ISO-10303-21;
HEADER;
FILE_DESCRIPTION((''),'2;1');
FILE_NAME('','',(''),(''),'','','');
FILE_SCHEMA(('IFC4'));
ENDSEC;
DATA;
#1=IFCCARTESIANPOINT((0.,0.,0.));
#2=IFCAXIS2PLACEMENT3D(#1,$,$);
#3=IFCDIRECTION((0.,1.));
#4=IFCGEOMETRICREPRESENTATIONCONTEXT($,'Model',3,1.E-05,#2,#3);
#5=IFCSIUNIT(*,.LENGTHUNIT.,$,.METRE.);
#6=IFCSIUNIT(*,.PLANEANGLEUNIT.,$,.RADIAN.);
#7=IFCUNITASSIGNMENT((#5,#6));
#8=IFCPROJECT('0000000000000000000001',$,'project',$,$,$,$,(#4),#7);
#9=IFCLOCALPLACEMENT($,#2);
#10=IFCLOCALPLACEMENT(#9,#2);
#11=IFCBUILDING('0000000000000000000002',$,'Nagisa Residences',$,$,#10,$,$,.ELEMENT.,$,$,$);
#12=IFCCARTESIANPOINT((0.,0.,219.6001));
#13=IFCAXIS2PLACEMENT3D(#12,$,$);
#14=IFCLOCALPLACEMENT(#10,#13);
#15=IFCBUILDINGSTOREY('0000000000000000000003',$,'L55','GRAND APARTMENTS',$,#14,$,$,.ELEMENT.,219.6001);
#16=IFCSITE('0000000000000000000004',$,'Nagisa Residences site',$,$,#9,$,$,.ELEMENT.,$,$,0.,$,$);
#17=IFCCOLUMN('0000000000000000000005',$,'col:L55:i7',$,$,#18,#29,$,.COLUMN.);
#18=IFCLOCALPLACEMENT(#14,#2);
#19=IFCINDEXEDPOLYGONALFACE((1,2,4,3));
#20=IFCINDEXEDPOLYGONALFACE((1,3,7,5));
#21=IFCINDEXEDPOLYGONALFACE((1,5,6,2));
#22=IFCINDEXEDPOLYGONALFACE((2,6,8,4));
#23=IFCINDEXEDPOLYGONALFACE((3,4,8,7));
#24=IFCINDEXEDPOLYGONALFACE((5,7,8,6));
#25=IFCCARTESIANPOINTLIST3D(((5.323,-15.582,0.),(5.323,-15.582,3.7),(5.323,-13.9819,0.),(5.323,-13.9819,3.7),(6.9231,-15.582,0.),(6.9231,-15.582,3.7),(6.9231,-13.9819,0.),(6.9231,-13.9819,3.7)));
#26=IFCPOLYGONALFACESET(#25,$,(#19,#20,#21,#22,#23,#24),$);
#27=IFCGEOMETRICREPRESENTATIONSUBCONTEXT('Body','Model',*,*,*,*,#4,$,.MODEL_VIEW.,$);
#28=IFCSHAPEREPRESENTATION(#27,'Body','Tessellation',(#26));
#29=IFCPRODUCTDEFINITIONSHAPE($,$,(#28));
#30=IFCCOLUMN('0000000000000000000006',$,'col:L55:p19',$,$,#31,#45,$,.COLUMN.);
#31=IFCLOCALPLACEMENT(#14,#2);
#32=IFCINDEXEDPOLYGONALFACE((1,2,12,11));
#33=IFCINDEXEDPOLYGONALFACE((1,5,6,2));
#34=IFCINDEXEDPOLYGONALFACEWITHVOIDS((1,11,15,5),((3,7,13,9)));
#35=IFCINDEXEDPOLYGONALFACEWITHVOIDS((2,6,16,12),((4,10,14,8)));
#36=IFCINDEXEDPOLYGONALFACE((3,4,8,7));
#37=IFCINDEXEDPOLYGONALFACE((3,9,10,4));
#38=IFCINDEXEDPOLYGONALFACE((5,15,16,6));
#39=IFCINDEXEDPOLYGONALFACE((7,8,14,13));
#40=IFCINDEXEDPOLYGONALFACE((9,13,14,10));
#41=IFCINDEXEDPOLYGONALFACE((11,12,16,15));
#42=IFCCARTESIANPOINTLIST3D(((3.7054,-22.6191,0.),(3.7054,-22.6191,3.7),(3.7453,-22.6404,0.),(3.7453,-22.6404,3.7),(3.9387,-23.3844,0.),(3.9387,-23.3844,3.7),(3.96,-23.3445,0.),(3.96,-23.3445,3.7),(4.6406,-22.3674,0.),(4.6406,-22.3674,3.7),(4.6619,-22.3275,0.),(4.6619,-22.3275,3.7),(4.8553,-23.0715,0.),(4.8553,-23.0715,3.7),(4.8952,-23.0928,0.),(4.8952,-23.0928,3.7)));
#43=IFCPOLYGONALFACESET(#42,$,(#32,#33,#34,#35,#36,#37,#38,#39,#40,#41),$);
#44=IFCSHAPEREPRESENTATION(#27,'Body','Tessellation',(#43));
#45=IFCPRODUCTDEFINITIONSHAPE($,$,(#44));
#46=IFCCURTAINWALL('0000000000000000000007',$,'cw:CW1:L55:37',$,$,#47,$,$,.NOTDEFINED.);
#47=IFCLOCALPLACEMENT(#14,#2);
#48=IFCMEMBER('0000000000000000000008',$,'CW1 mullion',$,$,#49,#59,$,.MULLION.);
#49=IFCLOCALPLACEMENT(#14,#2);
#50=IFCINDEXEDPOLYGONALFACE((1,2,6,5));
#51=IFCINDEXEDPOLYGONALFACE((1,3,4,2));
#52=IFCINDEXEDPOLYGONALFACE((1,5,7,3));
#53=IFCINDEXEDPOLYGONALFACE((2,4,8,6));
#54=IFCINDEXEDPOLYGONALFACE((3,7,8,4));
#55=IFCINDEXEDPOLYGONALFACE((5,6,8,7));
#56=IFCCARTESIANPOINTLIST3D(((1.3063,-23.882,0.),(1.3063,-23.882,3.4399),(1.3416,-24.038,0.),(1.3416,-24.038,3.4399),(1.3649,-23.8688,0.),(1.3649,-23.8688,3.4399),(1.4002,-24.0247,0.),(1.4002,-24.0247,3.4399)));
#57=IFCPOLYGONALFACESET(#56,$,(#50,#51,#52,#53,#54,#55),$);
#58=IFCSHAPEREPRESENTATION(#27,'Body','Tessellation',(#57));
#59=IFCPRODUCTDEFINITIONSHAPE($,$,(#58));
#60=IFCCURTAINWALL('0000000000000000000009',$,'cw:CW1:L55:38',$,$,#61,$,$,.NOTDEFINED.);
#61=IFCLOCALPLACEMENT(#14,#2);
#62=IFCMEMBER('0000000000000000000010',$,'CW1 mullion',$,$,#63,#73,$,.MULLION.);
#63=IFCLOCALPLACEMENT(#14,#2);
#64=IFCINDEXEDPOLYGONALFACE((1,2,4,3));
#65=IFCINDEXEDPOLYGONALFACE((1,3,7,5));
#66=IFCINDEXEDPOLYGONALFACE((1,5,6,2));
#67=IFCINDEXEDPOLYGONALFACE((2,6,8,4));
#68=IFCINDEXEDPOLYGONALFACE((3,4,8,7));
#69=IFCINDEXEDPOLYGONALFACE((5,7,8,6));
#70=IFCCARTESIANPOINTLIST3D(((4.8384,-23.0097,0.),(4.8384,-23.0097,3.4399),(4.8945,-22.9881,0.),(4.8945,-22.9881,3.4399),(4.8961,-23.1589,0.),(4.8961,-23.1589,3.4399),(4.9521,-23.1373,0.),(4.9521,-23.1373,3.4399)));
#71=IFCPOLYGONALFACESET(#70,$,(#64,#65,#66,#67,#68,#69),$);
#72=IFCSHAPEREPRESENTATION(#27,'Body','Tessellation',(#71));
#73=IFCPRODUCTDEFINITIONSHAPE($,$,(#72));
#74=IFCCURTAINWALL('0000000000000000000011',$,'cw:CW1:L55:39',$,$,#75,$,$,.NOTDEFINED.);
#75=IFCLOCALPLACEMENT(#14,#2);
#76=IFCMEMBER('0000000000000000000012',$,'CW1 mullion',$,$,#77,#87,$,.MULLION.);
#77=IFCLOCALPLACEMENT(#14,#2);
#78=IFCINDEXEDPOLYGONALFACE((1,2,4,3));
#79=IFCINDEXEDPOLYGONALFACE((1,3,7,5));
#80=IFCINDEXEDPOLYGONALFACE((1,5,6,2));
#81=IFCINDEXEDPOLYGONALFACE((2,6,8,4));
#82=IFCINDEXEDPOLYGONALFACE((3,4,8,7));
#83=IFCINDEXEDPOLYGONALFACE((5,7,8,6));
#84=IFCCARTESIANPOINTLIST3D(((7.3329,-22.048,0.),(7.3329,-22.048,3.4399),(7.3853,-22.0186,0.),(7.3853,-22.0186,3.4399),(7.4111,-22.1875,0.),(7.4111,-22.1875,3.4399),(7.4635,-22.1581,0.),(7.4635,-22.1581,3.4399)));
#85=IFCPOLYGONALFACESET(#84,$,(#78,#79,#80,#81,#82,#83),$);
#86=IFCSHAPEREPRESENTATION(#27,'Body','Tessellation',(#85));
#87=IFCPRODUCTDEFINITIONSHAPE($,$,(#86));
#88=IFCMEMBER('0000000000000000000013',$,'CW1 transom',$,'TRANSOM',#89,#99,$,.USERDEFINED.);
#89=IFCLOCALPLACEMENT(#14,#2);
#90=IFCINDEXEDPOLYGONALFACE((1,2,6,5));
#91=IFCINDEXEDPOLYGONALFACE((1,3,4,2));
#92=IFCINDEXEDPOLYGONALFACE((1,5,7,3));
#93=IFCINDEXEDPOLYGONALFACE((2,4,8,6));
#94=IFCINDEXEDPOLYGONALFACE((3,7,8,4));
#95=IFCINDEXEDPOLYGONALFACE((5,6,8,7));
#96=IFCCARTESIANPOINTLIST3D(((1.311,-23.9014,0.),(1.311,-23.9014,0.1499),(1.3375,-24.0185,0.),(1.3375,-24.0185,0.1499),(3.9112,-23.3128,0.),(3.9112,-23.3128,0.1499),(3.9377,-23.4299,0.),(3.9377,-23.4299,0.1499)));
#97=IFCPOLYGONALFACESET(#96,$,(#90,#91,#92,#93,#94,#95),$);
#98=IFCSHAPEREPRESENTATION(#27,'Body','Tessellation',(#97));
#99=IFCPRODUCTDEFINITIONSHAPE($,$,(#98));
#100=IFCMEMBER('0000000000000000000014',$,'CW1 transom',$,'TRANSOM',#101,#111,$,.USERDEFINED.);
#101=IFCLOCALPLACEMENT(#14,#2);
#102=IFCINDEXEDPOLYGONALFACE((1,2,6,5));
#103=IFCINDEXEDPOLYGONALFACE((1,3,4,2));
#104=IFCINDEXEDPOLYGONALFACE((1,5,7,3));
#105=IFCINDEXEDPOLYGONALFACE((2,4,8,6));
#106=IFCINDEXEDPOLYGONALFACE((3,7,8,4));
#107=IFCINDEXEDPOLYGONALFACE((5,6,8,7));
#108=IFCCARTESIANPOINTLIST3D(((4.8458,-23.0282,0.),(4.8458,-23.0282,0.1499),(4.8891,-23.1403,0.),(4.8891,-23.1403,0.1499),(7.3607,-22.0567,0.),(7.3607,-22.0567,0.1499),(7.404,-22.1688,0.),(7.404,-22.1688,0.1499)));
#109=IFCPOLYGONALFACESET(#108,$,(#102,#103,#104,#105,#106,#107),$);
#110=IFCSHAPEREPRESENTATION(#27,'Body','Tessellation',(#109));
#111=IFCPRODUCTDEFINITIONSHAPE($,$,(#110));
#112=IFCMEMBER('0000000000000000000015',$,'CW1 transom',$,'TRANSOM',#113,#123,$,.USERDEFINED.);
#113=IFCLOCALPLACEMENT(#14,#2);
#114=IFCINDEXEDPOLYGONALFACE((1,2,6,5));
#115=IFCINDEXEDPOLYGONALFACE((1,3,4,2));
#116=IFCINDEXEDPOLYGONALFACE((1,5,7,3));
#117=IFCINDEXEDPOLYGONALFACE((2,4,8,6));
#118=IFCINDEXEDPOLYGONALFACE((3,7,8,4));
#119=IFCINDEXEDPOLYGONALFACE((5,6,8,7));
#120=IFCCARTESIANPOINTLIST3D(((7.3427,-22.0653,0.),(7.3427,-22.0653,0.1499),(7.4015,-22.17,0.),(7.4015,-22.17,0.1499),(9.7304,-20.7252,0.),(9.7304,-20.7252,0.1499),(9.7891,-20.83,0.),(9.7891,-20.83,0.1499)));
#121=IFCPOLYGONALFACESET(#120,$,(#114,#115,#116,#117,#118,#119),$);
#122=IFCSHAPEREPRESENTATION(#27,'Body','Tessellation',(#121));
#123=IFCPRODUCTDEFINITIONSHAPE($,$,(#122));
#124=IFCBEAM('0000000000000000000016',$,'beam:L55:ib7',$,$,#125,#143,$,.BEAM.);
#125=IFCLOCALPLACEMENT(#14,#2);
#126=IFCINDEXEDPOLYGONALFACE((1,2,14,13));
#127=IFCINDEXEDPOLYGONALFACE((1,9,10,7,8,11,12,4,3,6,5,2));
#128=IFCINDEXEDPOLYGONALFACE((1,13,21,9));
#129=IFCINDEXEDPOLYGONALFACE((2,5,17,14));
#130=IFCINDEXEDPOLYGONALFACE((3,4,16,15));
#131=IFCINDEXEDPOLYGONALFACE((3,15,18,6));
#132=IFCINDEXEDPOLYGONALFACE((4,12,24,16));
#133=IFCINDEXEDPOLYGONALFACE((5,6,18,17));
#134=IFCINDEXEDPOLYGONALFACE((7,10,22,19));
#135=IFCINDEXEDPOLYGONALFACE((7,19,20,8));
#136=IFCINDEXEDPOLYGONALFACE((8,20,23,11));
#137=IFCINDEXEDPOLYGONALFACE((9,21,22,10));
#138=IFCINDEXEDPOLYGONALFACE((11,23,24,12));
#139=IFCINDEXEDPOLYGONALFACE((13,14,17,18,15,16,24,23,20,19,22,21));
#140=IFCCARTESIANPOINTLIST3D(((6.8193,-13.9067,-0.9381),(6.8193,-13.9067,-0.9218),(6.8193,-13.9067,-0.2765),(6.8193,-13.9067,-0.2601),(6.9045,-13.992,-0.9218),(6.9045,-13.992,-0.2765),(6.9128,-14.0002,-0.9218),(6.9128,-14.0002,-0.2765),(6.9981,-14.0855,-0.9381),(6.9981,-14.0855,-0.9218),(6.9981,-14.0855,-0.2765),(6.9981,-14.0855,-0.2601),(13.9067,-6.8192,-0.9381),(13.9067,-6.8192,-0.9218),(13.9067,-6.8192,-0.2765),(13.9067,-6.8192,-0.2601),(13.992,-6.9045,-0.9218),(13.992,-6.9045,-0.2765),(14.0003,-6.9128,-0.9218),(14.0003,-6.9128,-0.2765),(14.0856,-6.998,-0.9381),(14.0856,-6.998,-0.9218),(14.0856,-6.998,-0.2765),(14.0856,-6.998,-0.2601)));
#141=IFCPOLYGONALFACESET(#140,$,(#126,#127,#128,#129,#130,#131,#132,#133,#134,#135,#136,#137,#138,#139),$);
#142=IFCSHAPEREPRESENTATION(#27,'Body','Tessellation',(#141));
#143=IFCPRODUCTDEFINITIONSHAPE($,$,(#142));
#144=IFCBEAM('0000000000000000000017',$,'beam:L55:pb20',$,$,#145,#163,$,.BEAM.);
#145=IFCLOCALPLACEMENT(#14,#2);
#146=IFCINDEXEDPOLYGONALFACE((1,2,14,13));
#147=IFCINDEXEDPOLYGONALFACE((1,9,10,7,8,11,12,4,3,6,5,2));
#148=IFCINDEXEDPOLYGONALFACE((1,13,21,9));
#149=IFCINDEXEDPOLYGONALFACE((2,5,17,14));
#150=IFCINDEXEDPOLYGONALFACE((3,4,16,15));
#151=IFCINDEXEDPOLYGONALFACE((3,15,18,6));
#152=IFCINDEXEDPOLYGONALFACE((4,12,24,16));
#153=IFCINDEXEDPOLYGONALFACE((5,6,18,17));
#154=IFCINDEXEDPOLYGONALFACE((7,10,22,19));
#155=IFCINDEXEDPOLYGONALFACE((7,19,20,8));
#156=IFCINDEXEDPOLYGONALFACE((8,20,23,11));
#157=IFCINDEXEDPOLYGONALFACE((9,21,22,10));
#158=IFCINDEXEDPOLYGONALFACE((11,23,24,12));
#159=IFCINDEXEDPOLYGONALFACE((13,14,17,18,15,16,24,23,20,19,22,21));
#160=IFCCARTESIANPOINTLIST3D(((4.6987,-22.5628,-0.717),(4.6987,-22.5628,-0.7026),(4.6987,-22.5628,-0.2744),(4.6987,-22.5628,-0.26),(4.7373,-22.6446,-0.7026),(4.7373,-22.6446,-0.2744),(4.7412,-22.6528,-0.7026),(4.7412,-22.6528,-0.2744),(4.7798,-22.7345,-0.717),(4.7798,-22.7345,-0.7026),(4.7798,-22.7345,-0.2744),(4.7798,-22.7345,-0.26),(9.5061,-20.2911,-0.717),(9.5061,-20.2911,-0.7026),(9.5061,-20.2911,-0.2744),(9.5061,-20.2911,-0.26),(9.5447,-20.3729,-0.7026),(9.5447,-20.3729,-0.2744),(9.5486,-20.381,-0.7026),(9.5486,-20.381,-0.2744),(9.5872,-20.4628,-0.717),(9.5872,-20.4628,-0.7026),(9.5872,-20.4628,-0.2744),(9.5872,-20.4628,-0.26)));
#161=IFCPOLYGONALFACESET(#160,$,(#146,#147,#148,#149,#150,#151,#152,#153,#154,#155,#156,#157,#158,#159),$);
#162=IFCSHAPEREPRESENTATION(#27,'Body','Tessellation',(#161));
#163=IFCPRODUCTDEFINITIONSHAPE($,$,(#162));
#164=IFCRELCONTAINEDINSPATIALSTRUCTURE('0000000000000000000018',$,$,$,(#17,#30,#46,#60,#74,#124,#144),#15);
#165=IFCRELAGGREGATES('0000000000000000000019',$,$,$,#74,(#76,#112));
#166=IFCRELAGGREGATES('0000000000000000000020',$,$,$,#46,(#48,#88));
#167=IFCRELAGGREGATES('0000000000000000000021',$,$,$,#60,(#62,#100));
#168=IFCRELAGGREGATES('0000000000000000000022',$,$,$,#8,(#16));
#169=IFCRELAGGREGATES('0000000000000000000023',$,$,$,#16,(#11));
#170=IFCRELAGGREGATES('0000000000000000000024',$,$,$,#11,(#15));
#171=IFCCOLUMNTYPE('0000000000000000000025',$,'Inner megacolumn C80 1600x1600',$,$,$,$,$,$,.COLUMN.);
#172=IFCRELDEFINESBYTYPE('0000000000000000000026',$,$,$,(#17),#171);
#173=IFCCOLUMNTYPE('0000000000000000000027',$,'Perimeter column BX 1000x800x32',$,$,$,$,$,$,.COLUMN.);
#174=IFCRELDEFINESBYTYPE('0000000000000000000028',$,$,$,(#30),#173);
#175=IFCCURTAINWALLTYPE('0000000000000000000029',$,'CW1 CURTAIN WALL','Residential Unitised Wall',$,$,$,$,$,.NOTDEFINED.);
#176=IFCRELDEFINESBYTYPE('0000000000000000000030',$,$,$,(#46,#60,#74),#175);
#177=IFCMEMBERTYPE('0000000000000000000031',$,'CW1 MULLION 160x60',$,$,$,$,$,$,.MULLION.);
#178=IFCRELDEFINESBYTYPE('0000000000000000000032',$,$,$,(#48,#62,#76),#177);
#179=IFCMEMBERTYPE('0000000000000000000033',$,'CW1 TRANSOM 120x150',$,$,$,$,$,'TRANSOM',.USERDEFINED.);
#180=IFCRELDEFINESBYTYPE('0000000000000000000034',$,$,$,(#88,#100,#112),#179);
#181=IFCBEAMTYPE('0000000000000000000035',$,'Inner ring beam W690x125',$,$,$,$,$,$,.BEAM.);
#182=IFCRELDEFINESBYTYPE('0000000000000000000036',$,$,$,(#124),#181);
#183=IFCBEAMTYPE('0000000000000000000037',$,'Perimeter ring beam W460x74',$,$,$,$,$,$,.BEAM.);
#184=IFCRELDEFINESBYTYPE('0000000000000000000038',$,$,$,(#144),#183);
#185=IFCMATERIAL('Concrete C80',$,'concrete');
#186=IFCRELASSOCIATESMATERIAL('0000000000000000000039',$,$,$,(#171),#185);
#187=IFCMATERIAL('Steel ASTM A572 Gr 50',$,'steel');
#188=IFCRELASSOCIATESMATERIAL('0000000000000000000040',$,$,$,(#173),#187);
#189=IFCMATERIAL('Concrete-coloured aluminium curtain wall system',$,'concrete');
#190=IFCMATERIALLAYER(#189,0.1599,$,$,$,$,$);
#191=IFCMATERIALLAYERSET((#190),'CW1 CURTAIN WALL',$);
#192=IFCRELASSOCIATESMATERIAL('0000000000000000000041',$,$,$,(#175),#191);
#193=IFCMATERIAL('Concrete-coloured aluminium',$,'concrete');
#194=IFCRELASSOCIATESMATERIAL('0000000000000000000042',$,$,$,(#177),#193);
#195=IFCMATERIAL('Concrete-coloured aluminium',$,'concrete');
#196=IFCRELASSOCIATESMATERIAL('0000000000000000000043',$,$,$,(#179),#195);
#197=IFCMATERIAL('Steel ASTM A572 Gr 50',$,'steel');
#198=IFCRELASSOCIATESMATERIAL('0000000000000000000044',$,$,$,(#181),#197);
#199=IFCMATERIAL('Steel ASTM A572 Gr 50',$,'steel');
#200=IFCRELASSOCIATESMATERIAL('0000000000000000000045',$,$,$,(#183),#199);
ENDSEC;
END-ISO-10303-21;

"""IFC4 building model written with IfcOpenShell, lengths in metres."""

from ifc_helpers import new_model, si_unit, direction, frame, origin, origin_2d, place, context, subcontext, project, spatial, rectangle, hollow_rectangle, i_section, extrude, material, layer, layer_set, material_profile, profile_set, type_object, element, aggregate, save


model = new_model("IFC4")

# Units and contexts
model_context = context("Model", 3, precision=1e-05, world=origin(), true_north=direction((0.0, 1.0)))
body_context = subcontext(model_context, "Body", "Model", "MODEL_VIEW")
ifc_project = project(units=[si_unit("LENGTHUNIT", "METRE"), si_unit("PLANEANGLEUNIT", "RADIAN")], contexts=[model_context])

# Site, building, storey
site_placement = place(None, origin())
site = spatial("IfcSite", under=ifc_project, at=site_placement, Name="Nagisa Residences site", CompositionType="ELEMENT", RefElevation=0.0)
building_placement = place(site_placement, origin())
building = spatial("IfcBuilding", under=site, at=building_placement, Name="Nagisa Residences", CompositionType="ELEMENT")
storey_placement = place(building_placement, frame((0.0, 0.0, 219.6001)))
storey = spatial("IfcBuildingStorey", under=building, at=storey_placement, Name="L55", Description="GRAND APARTMENTS", CompositionType="ELEMENT", Elevation=219.6001)

# Columns
ifc_material_1 = material(Name="Concrete C80", Category="concrete")
ifc_material_profile_1 = material_profile(ifc_material_1, rectangle(XDim=1.6001, YDim=1.6001, at=origin_2d()), Name="C80 1600x1600")
ifc_profile_set_1 = profile_set([ifc_material_profile_1], Name="Concrete C80")
column_type_1 = type_object("IfcColumnType", Name="Inner megacolumn C80 1600x1600", PredefinedType="COLUMN", material=ifc_profile_set_1)
column_1_placement = place(storey_placement, frame((6.123, -14.782, 0.0), z_axis=(0.0, 0.0, 1.0), x_axis=(1.0, 0.0, 0.0)))
element("IfcColumn", 1, at=column_1_placement, inside=storey, type_object=column_type_1, Name="col:L55:i7", PredefinedType="COLUMN", context=body_context, shape_type="SweptSolid", body=[
    extrude(rectangle(XDim=1.6001, YDim=1.6001, at=origin_2d()), origin(), (0.0, 0.0, 1.0), 3.7),
])
ifc_material_2 = material(Name="Steel ASTM A572 Gr 50", Category="steel")
ifc_material_profile_2 = material_profile(ifc_material_2, hollow_rectangle(XDim=1.0, YDim=0.8, WallThickness=0.032, at=origin_2d()), Name="BX 1000x800x32")
ifc_profile_set_2 = profile_set([ifc_material_profile_2], Name="Steel ASTM A572 Gr 50")
column_type_2 = type_object("IfcColumnType", Name="Perimeter column BX 1000x800x32", PredefinedType="COLUMN", material=ifc_profile_set_2)
column_2_placement = place(storey_placement, frame((4.3003, -22.856, 0.0), z_axis=(0.0, 0.0, 1.0), x_axis=(0.956525, 0.291652, 0.0)))
element("IfcColumn", 2, at=column_2_placement, inside=storey, type_object=column_type_2, Name="col:L55:p19", PredefinedType="COLUMN", context=body_context, shape_type="SweptSolid", body=[
    extrude(hollow_rectangle(XDim=1.0, YDim=0.8, WallThickness=0.032, at=origin_2d()), origin(), (0.0, 0.0, 1.0), 3.7),
])

# Curtain walls, members
ifc_material_3 = material(Name="Concrete-coloured aluminium curtain wall system", Category="concrete")
ifc_layer_1 = layer(ifc_material_3, 0.1599)
ifc_layer_set_1 = layer_set([ifc_layer_1], Name="CW1 CURTAIN WALL")
curtain_wall_type = type_object("IfcCurtainWallType", Name="CW1 CURTAIN WALL", Description="Residential Unitised Wall", PredefinedType="NOTDEFINED", material=ifc_layer_set_1)
curtain_wall_1_placement = place(storey_placement, origin())
curtain_wall_1 = element("IfcCurtainWall", 3, at=curtain_wall_1_placement, inside=storey, type_object=curtain_wall_type, Name="cw:CW1:L55:37", PredefinedType="NOTDEFINED")
ifc_material_4 = material(Name="Concrete-coloured aluminium", Category="concrete")
ifc_material_profile_3 = material_profile(ifc_material_4, rectangle(XDim=0.1599, YDim=0.0601, at=origin_2d()), Name="CW1 MULLION 160x60")
ifc_profile_set_3 = profile_set([ifc_material_profile_3], Name="Concrete-coloured aluminium")
member_type_1 = type_object("IfcMemberType", Name="CW1 MULLION 160x60", PredefinedType="MULLION", material=ifc_profile_set_3)
member_1_placement = place(storey_placement, frame((1.3533, -23.9534, 0.0), z_axis=(0.0, 0.0, 1.0), x_axis=(-0.220764, 0.975327, 0.0)))
member_1 = element("IfcMember", 4, at=member_1_placement, type_object=member_type_1, Name="CW1 mullion", PredefinedType="MULLION", context=body_context, shape_type="SweptSolid", body=[
    extrude(rectangle(XDim=0.1599, YDim=0.0601, at=origin_2d()), origin(), (0.0, 0.0, 1.0), 3.4399),
])
curtain_wall_2_placement = place(storey_placement, origin())
curtain_wall_2 = element("IfcCurtainWall", 5, at=curtain_wall_2_placement, inside=storey, type_object=curtain_wall_type, Name="cw:CW1:L55:38", PredefinedType="NOTDEFINED")
member_2_placement = place(storey_placement, frame((4.8953, -23.0735, 0.0), z_axis=(0.0, 0.0, 1.0), x_axis=(-0.360328, 0.932826, 0.0)))
member_2 = element("IfcMember", 6, at=member_2_placement, type_object=member_type_1, Name="CW1 mullion", PredefinedType="MULLION", context=body_context, shape_type="SweptSolid", body=[
    extrude(rectangle(XDim=0.1599, YDim=0.0601, at=origin_2d()), origin(), (0.0, 0.0, 1.0), 3.4399),
])
curtain_wall_3_placement = place(storey_placement, origin())
curtain_wall_3 = element("IfcCurtainWall", 7, at=curtain_wall_3_placement, inside=storey, type_object=curtain_wall_type, Name="cw:CW1:L55:39", PredefinedType="NOTDEFINED")
member_3_placement = place(storey_placement, frame((7.3982, -22.103, 0.0), z_axis=(0.0, 0.0, 1.0), x_axis=(-0.489377, 0.872072, 0.0)))
member_3 = element("IfcMember", 8, at=member_3_placement, type_object=member_type_1, Name="CW1 mullion", PredefinedType="MULLION", context=body_context, shape_type="SweptSolid", body=[
    extrude(rectangle(XDim=0.1599, YDim=0.0601, at=origin_2d()), origin(), (0.0, 0.0, 1.0), 3.4399),
])

# Members
ifc_material_5 = material(Name="Concrete-coloured aluminium", Category="concrete")
ifc_material_profile_4 = material_profile(ifc_material_5, rectangle(XDim=0.1201, YDim=0.1499, at=origin_2d()), Name="CW1 TRANSOM 120x150")
ifc_profile_set_4 = profile_set([ifc_material_profile_4], Name="Concrete-coloured aluminium")
member_type_2 = type_object("IfcMemberType", Name="CW1 TRANSOM 120x150", ElementType="TRANSOM", PredefinedType="USERDEFINED", material=ifc_profile_set_4)
member_4_placement = place(storey_placement, frame((1.3242, -23.96, 0.075), z_axis=(0.975324, 0.220778, 0.0), x_axis=(-0.220778, 0.975324, 0.0)))
member_4 = element("IfcMember", 9, at=member_4_placement, type_object=member_type_2, Name="CW1 transom", ObjectType="TRANSOM", PredefinedType="USERDEFINED", context=body_context, shape_type="SweptSolid", body=[
    extrude(rectangle(XDim=0.1201, YDim=0.1499, at=origin_2d()), origin(), (0.0, 0.0, 1.0), 2.666),
])
member_5_placement = place(storey_placement, frame((4.8674, -23.0842, 0.075), z_axis=(0.932826, 0.360326, 0.0), x_axis=(-0.360326, 0.932826, 0.0)))
member_5 = element("IfcMember", 10, at=member_5_placement, type_object=member_type_2, Name="CW1 transom", ObjectType="TRANSOM", PredefinedType="USERDEFINED", context=body_context, shape_type="SweptSolid", body=[
    extrude(rectangle(XDim=0.1201, YDim=0.1499, at=origin_2d()), origin(), (0.0, 0.0, 1.0), 2.696),
])
member_6_placement = place(storey_placement, frame((7.3721, -22.1177, 0.075), z_axis=(0.872042, 0.489431, 0.0), x_axis=(-0.489431, 0.872042, 0.0)))
member_6 = element("IfcMember", 11, at=member_6_placement, type_object=member_type_2, Name="CW1 transom", ObjectType="TRANSOM", PredefinedType="USERDEFINED", context=body_context, shape_type="SweptSolid", body=[
    extrude(rectangle(XDim=0.1201, YDim=0.1499, at=origin_2d()), origin(), (0.0, 0.0, 1.0), 2.738),
])
aggregate(curtain_wall_3, [member_3, member_6])

# Beams
ifc_material_6 = material(Name="Steel ASTM A572 Gr 50", Category="steel")
ifc_material_profile_5 = material_profile(ifc_material_6, i_section(OverallWidth=0.2529, OverallDepth=0.678, WebThickness=0.0117, FlangeThickness=0.0164, at=origin_2d()), Name="W690x125")
ifc_profile_set_5 = profile_set([ifc_material_profile_5], Name="Steel ASTM A572 Gr 50")
beam_type_1 = type_object("IfcBeamType", Name="Inner ring beam W690x125", PredefinedType="BEAM", material=ifc_profile_set_5)
beam_1_placement = place(storey_placement, frame((6.9087, -13.9961, -0.5991), z_axis=(0.707107, 0.707107, 0.0), x_axis=(-0.707107, 0.707107, 0.0)))
element("IfcBeam", 12, at=beam_1_placement, inside=storey, type_object=beam_type_1, Name="beam:L55:ib7", PredefinedType="BEAM", context=body_context, shape_type="SweptSolid", body=[
    extrude(i_section(OverallWidth=0.2529, OverallDepth=0.678, WebThickness=0.0117, FlangeThickness=0.0164, at=origin_2d()), origin(), (0.0, 0.0, 1.0), 10.0232),
])
ifc_material_7 = material(Name="Steel ASTM A572 Gr 50", Category="steel")
ifc_material_profile_6 = material_profile(ifc_material_7, i_section(OverallWidth=0.1899, OverallDepth=0.457, WebThickness=0.009, FlangeThickness=0.0144, at=origin_2d()), Name="W460x74")
ifc_profile_set_6 = profile_set([ifc_material_profile_6], Name="Steel ASTM A572 Gr 50")
beam_type_2 = type_object("IfcBeamType", Name="Perimeter ring beam W460x74", PredefinedType="BEAM", material=ifc_profile_set_6)
beam_2_placement = place(storey_placement, frame((4.7393, -22.6487, -0.4885), z_axis=(0.904134, 0.427249, 0.0), x_axis=(-0.427249, 0.904134, 0.0)))
element("IfcBeam", 13, at=beam_2_placement, inside=storey, type_object=beam_type_2, Name="beam:L55:pb20", PredefinedType="BEAM", context=body_context, shape_type="SweptSolid", body=[
    extrude(i_section(OverallWidth=0.1899, OverallDepth=0.457, WebThickness=0.009, FlangeThickness=0.0144, at=origin_2d()), origin(), (0.0, 0.0, 1.0), 5.3171),
])

aggregate(curtain_wall_1, [member_1, member_4])
aggregate(curtain_wall_2, [member_2, member_5])

save(model, "model.ifc")
